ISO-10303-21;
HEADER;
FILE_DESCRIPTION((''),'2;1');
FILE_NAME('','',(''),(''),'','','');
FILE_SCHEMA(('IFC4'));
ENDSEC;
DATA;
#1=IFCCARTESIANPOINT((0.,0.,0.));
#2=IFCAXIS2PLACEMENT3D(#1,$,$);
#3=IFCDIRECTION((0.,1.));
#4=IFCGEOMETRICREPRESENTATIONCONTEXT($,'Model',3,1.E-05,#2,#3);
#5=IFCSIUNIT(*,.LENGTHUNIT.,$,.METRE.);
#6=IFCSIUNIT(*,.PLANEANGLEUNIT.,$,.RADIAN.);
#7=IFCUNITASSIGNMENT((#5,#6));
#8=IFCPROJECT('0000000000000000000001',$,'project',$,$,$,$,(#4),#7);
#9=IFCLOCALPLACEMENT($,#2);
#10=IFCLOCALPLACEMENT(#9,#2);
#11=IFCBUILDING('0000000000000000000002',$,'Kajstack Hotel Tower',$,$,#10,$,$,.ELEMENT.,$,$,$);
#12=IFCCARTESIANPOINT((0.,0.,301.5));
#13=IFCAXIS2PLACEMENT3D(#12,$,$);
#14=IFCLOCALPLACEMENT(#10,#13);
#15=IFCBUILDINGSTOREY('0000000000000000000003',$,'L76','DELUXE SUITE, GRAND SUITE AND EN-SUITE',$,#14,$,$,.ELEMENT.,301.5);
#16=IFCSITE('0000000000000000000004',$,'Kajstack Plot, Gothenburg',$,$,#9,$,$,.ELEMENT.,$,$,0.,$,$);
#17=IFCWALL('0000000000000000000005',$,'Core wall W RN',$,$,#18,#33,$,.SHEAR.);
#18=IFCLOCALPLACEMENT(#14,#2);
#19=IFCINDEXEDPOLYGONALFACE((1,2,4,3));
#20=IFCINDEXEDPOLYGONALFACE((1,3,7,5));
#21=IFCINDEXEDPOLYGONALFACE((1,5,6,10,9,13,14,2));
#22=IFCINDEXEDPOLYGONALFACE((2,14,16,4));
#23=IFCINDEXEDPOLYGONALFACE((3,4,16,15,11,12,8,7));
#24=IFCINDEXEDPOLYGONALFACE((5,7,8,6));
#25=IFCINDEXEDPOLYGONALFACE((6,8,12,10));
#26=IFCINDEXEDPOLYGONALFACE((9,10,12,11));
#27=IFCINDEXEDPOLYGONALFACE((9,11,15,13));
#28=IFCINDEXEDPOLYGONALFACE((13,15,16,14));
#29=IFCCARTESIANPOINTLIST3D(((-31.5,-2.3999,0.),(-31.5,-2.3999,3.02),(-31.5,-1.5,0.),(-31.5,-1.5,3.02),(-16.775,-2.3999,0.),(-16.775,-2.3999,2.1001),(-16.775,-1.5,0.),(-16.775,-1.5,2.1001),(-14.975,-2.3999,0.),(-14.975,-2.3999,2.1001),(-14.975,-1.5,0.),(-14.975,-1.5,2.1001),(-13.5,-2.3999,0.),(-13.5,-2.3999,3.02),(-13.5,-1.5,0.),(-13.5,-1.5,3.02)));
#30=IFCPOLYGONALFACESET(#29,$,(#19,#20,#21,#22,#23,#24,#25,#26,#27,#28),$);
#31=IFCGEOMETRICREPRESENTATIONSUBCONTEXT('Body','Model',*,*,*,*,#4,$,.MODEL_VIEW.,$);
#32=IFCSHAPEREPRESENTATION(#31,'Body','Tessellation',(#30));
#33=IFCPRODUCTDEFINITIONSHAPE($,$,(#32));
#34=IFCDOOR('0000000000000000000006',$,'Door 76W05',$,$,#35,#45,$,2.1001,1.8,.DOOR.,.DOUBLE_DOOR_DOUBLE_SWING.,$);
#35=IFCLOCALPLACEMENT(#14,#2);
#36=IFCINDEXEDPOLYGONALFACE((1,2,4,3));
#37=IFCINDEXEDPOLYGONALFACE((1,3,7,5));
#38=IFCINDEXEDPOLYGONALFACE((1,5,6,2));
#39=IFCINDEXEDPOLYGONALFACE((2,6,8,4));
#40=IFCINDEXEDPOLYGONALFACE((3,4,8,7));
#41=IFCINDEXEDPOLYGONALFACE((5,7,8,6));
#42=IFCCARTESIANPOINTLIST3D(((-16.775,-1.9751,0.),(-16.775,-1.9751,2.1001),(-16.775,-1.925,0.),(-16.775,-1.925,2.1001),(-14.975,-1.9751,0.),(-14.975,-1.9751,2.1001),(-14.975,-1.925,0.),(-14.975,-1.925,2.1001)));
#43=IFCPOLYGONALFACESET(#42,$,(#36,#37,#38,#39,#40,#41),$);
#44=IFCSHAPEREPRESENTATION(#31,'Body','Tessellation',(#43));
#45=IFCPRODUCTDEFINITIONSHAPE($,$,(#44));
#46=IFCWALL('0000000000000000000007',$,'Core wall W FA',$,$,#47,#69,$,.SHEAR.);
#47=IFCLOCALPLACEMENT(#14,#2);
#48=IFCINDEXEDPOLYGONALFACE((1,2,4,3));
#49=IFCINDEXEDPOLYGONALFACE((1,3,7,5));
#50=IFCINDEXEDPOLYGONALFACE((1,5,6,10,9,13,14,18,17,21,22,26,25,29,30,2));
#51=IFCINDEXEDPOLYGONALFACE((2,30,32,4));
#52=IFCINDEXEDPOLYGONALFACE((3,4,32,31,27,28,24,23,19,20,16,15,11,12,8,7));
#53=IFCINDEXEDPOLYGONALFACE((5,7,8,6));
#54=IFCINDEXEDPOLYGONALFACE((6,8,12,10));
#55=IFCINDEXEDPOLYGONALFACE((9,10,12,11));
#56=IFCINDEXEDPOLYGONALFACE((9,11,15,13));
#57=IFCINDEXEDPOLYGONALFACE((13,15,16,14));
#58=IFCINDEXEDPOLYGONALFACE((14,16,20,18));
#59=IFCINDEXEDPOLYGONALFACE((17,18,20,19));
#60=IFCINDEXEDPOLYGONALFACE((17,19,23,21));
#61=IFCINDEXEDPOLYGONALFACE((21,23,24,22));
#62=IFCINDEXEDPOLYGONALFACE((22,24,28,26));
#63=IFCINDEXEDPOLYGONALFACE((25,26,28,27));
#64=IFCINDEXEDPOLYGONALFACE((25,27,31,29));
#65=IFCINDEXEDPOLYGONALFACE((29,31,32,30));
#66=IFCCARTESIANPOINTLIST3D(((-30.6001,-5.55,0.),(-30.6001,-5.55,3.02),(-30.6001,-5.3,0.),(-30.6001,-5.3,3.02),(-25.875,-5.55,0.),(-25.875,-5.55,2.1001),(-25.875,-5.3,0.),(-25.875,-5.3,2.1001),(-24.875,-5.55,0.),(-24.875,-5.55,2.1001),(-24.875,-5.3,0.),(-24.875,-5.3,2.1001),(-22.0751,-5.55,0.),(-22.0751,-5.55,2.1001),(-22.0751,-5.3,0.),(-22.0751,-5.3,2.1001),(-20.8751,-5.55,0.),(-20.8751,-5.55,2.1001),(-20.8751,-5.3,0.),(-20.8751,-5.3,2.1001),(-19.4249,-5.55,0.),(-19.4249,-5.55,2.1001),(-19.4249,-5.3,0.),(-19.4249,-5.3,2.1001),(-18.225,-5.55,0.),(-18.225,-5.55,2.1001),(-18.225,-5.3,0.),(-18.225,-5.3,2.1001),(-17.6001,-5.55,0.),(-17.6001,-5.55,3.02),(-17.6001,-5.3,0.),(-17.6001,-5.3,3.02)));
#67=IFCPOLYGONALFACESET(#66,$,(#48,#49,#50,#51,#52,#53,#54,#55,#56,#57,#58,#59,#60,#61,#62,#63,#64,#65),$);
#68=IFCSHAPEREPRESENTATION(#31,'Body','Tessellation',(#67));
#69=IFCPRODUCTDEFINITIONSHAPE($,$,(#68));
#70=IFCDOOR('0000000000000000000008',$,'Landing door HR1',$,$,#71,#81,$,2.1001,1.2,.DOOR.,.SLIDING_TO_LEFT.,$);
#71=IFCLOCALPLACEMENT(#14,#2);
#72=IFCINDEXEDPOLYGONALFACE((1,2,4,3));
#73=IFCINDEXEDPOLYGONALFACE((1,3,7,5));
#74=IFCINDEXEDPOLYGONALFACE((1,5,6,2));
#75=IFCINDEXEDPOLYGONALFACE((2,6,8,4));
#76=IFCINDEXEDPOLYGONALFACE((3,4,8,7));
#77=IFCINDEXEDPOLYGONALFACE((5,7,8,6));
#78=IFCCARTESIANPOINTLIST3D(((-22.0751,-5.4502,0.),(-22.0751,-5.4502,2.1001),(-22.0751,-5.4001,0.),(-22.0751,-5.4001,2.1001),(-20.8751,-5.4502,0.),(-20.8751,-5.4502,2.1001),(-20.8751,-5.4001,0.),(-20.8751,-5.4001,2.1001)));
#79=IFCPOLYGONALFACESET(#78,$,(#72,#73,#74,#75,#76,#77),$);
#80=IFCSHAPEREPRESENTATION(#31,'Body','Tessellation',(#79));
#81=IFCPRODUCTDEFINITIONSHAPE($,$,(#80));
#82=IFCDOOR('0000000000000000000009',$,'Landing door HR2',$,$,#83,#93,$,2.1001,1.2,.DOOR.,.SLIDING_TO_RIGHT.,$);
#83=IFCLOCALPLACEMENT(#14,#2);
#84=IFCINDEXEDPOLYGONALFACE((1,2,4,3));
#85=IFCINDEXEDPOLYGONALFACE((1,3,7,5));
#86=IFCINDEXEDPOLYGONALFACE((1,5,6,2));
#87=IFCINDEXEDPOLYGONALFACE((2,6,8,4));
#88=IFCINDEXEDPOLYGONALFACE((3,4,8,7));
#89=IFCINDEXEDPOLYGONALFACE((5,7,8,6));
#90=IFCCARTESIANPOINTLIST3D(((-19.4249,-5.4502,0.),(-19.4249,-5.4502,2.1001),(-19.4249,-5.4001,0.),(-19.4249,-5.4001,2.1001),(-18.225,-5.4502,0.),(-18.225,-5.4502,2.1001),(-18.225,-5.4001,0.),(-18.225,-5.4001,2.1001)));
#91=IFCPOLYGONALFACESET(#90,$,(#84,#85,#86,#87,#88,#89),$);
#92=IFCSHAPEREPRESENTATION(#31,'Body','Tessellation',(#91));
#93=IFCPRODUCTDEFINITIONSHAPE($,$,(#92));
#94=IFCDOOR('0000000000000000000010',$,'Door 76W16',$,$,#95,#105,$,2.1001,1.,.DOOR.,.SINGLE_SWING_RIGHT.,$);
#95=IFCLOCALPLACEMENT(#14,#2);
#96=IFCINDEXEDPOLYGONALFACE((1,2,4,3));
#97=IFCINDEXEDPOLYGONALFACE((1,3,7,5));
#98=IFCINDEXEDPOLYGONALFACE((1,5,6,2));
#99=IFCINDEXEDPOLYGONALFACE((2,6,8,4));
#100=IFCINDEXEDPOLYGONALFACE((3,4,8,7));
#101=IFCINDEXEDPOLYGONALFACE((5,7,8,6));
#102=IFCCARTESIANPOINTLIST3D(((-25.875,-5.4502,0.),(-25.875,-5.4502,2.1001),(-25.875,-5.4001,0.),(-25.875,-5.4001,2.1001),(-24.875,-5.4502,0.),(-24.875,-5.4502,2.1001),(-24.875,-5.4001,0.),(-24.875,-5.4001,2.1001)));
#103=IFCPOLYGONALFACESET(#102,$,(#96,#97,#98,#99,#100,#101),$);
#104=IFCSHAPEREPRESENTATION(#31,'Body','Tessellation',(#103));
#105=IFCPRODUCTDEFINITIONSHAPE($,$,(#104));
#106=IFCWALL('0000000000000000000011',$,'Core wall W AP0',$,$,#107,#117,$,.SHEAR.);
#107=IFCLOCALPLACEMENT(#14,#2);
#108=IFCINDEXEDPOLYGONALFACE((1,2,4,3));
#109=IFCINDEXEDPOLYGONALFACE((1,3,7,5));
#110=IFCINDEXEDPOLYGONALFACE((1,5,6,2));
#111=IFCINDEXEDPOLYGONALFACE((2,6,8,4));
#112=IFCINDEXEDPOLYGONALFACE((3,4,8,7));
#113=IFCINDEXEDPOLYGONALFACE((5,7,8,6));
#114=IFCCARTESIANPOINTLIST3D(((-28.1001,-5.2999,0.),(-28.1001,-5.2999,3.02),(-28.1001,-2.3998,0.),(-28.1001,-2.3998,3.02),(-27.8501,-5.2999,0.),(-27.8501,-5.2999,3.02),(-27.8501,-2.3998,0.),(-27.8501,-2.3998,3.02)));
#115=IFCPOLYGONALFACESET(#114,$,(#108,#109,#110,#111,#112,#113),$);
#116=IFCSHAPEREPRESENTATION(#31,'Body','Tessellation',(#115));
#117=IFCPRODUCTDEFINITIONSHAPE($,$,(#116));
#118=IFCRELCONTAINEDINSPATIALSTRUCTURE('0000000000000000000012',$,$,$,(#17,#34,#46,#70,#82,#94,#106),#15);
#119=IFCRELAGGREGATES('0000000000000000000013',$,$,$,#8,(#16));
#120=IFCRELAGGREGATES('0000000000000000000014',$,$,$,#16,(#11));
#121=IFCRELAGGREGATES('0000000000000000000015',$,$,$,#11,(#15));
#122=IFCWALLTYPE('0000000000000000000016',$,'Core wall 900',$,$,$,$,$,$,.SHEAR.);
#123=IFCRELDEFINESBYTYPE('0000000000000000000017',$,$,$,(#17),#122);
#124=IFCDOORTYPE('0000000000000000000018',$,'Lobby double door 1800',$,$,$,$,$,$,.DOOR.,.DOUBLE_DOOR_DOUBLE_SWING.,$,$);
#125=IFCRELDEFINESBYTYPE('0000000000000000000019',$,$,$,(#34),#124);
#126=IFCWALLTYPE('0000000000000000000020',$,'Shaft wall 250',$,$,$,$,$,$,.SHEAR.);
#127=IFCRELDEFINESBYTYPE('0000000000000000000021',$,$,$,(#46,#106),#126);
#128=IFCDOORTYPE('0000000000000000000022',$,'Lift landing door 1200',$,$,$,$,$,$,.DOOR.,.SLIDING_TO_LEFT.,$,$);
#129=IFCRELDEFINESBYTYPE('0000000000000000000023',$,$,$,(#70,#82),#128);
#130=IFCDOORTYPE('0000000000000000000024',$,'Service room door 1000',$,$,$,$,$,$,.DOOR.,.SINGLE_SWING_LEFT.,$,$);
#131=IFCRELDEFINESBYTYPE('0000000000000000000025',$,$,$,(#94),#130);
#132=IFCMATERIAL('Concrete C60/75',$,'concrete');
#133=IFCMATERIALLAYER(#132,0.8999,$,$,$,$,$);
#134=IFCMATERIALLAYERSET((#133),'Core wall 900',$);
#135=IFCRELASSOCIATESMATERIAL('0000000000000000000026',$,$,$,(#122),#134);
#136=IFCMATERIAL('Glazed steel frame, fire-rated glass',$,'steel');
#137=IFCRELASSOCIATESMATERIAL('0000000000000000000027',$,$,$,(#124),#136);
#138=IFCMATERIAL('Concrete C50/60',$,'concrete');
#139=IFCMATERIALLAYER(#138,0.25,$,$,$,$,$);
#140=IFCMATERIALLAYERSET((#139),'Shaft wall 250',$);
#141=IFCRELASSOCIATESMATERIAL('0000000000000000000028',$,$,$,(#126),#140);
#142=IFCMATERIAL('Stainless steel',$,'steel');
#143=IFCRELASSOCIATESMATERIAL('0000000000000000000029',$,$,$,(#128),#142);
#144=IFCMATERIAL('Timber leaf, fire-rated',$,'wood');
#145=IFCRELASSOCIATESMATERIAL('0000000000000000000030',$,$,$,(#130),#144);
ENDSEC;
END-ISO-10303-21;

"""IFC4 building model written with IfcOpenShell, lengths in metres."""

from ifc_helpers import new_model, si_unit, direction, frame, frame_2d, origin, place, context, subcontext, project, spatial, rectangle, extrude, material, layer, layer_set, type_object, element, fill, save


model = new_model("IFC4")

# Units and contexts
model_context = context("Model", 3, precision=1e-05, world=origin(), true_north=direction((0.0, 1.0)))
body_context = subcontext(model_context, "Body", "Model", "MODEL_VIEW")
ifc_project = project(units=[si_unit("LENGTHUNIT", "METRE"), si_unit("PLANEANGLEUNIT", "RADIAN")], contexts=[model_context])

# Site, building, storey
site_placement = place(None, origin())
site = spatial("IfcSite", under=ifc_project, at=site_placement, Name="Kajstack Plot, Gothenburg", CompositionType="ELEMENT", RefElevation=0.0)
building_placement = place(site_placement, origin())
building = spatial("IfcBuilding", under=site, at=building_placement, Name="Kajstack Hotel Tower", CompositionType="ELEMENT")
storey_placement = place(building_placement, frame((0.0, 0.0, 301.5)))
storey = spatial("IfcBuildingStorey", under=building, at=storey_placement, Name="L76", Description="DELUXE SUITE, GRAND SUITE AND EN-SUITE", CompositionType="ELEMENT", Elevation=301.5)

# Wall, opening, door
ifc_material_1 = material(Name="Concrete C60/75", Category="concrete")
ifc_layer_1 = layer(ifc_material_1, 0.8999)
ifc_layer_set_1 = layer_set([ifc_layer_1], Name="Core wall 900")
wall_type_1 = type_object("IfcWallType", Name="Core wall 900", PredefinedType="SHEAR", material=ifc_layer_set_1)
wall_1_placement = place(storey_placement, frame((-31.5, -1.95, 0.0), z_axis=(0.0, 0.0, 1.0), x_axis=(1.0, 0.0, 0.0)))
wall_1 = element("IfcWall", 1, at=wall_1_placement, inside=storey, type_object=wall_type_1, Name="Core wall W RN", PredefinedType="SHEAR", context=body_context, shape_type="SweptSolid", body=[
    extrude(rectangle(XDim=18.0, YDim=0.8999, at=frame_2d((9.0, 0.0))), origin(), (0.0, 0.0, 1.0), 3.02),
])
opening_1_placement = place(wall_1_placement, frame((14.7251, 0.0, 0.0)))
opening_1 = element("IfcOpeningElement", 2, at=opening_1_placement, cuts=wall_1, PredefinedType="OPENING", context=body_context, shape_type="SweptSolid", body=[
    extrude(rectangle(XDim=1.8, YDim=2.1001, at=frame_2d((0.8999, 1.05))), frame((0.0, 0.46, 0.0), z_axis=(0.0, -1.0, 0.0), x_axis=(1.0, 0.0, 0.0)), (0.0, 0.0, 1.0), 0.9199),
])
ifc_material_2 = material(Name="Glazed steel frame, fire-rated glass", Category="steel")
door_type_1 = type_object("IfcDoorType", Name="Lobby double door 1800", OperationType="DOUBLE_DOOR_DOUBLE_SWING", PredefinedType="DOOR", material=ifc_material_2)
door_1_placement = place(opening_1_placement, origin())
door_1 = element("IfcDoor", 3, at=door_1_placement, inside=storey, type_object=door_type_1, Name="Door 76W05", OperationType="DOUBLE_DOOR_DOUBLE_SWING", OverallHeight=2.1001, OverallWidth=1.8, PredefinedType="DOOR", context=body_context, shape_type="SweptSolid", body=[
    extrude(rectangle(XDim=1.8, YDim=2.1001, at=frame_2d((0.8999, 1.05))), frame((0.0, 0.0249, 0.0), z_axis=(0.0, -1.0, 0.0), x_axis=(1.0, 0.0, 0.0)), (0.0, 0.0, 1.0), 0.05),
])
fill(opening_1, door_1)

# Wall, openings, doors
ifc_material_3 = material(Name="Concrete C50/60", Category="concrete")
ifc_layer_2 = layer(ifc_material_3, 0.25)
ifc_layer_set_2 = layer_set([ifc_layer_2], Name="Shaft wall 250")
wall_type_2 = type_object("IfcWallType", Name="Shaft wall 250", PredefinedType="SHEAR", material=ifc_layer_set_2)
wall_2_placement = place(storey_placement, frame((-30.6001, -5.425, 0.0), z_axis=(0.0, 0.0, 1.0), x_axis=(1.0, 0.0, 0.0)))
wall_2 = element("IfcWall", 4, at=wall_2_placement, inside=storey, type_object=wall_type_2, Name="Core wall W FA", PredefinedType="SHEAR", context=body_context, shape_type="SweptSolid", body=[
    extrude(rectangle(XDim=13.0, YDim=0.25, at=frame_2d((6.5, 0.0))), origin(), (0.0, 0.0, 1.0), 3.02),
])
opening_2_placement = place(wall_2_placement, frame((8.5249, 0.0, 0.0)))
opening_2 = element("IfcOpeningElement", 5, at=opening_2_placement, cuts=wall_2, PredefinedType="OPENING", context=body_context, shape_type="SweptSolid", body=[
    extrude(rectangle(XDim=1.2, YDim=2.1001, at=frame_2d((0.6001, 1.05))), frame((0.0, 0.135, 0.0), z_axis=(0.0, -1.0, 0.0), x_axis=(1.0, 0.0, 0.0)), (0.0, 0.0, 1.0), 0.27),
])
opening_3_placement = place(wall_2_placement, frame((11.175, 0.0, 0.0)))
opening_3 = element("IfcOpeningElement", 6, at=opening_3_placement, cuts=wall_2, PredefinedType="OPENING", context=body_context, shape_type="SweptSolid", body=[
    extrude(rectangle(XDim=1.2, YDim=2.1001, at=frame_2d((0.6001, 1.05))), frame((0.0, 0.135, 0.0), z_axis=(0.0, -1.0, 0.0), x_axis=(1.0, 0.0, 0.0)), (0.0, 0.0, 1.0), 0.27),
])
opening_4_placement = place(wall_2_placement, frame((4.7251, 0.0, 0.0)))
opening_4 = element("IfcOpeningElement", 7, at=opening_4_placement, cuts=wall_2, PredefinedType="OPENING", context=body_context, shape_type="SweptSolid", body=[
    extrude(rectangle(XDim=1.0, YDim=2.1001, at=frame_2d((0.5, 1.05))), frame((0.0, 0.135, 0.0), z_axis=(0.0, -1.0, 0.0), x_axis=(1.0, 0.0, 0.0)), (0.0, 0.0, 1.0), 0.27),
])
ifc_material_4 = material(Name="Stainless steel", Category="steel")
door_type_2 = type_object("IfcDoorType", Name="Lift landing door 1200", OperationType="SLIDING_TO_LEFT", PredefinedType="DOOR", material=ifc_material_4)
door_2_placement = place(opening_2_placement, origin())
door_2 = element("IfcDoor", 8, at=door_2_placement, inside=storey, type_object=door_type_2, Name="Landing door HR1", OperationType="SLIDING_TO_LEFT", OverallHeight=2.1001, OverallWidth=1.2, PredefinedType="DOOR", context=body_context, shape_type="SweptSolid", body=[
    extrude(rectangle(XDim=1.2, YDim=2.1001, at=frame_2d((0.6001, 1.05))), frame((0.0, 0.0249, 0.0), z_axis=(0.0, -1.0, 0.0), x_axis=(1.0, 0.0, 0.0)), (0.0, 0.0, 1.0), 0.05),
])
fill(opening_2, door_2)
door_3_placement = place(opening_3_placement, origin())
door_3 = element("IfcDoor", 9, at=door_3_placement, inside=storey, type_object=door_type_2, Name="Landing door HR2", OperationType="SLIDING_TO_RIGHT", OverallHeight=2.1001, OverallWidth=1.2, PredefinedType="DOOR", context=body_context, shape_type="SweptSolid", body=[
    extrude(rectangle(XDim=1.2, YDim=2.1001, at=frame_2d((0.6001, 1.05))), frame((0.0, 0.0249, 0.0), z_axis=(0.0, -1.0, 0.0), x_axis=(1.0, 0.0, 0.0)), (0.0, 0.0, 1.0), 0.05),
])
fill(opening_3, door_3)
ifc_material_5 = material(Name="Timber leaf, fire-rated", Category="wood")
door_type_3 = type_object("IfcDoorType", Name="Service room door 1000", OperationType="SINGLE_SWING_LEFT", PredefinedType="DOOR", material=ifc_material_5)
door_4_placement = place(opening_4_placement, origin())
door_4 = element("IfcDoor", 10, at=door_4_placement, inside=storey, type_object=door_type_3, Name="Door 76W16", OperationType="SINGLE_SWING_RIGHT", OverallHeight=2.1001, OverallWidth=1.0, PredefinedType="DOOR", context=body_context, shape_type="SweptSolid", body=[
    extrude(rectangle(XDim=1.0, YDim=2.1001, at=frame_2d((0.5, 1.05))), frame((0.0, 0.0249, 0.0), z_axis=(0.0, -1.0, 0.0), x_axis=(1.0, 0.0, 0.0)), (0.0, 0.0, 1.0), 0.05),
])
fill(opening_4, door_4)

# Wall
wall_3_placement = place(storey_placement, frame((-27.9751, -5.3, 0.0), z_axis=(0.0, 0.0, 1.0), x_axis=(0.0, 1.0, 0.0)))
element("IfcWall", 11, at=wall_3_placement, inside=storey, type_object=wall_type_2, Name="Core wall W AP0", PredefinedType="SHEAR", context=body_context, shape_type="SweptSolid", body=[
    extrude(rectangle(XDim=2.9001, YDim=0.25, at=frame_2d((1.4502, 0.0))), origin(), (0.0, 0.0, 1.0), 3.02),
])

save(model, "model.ifc")
